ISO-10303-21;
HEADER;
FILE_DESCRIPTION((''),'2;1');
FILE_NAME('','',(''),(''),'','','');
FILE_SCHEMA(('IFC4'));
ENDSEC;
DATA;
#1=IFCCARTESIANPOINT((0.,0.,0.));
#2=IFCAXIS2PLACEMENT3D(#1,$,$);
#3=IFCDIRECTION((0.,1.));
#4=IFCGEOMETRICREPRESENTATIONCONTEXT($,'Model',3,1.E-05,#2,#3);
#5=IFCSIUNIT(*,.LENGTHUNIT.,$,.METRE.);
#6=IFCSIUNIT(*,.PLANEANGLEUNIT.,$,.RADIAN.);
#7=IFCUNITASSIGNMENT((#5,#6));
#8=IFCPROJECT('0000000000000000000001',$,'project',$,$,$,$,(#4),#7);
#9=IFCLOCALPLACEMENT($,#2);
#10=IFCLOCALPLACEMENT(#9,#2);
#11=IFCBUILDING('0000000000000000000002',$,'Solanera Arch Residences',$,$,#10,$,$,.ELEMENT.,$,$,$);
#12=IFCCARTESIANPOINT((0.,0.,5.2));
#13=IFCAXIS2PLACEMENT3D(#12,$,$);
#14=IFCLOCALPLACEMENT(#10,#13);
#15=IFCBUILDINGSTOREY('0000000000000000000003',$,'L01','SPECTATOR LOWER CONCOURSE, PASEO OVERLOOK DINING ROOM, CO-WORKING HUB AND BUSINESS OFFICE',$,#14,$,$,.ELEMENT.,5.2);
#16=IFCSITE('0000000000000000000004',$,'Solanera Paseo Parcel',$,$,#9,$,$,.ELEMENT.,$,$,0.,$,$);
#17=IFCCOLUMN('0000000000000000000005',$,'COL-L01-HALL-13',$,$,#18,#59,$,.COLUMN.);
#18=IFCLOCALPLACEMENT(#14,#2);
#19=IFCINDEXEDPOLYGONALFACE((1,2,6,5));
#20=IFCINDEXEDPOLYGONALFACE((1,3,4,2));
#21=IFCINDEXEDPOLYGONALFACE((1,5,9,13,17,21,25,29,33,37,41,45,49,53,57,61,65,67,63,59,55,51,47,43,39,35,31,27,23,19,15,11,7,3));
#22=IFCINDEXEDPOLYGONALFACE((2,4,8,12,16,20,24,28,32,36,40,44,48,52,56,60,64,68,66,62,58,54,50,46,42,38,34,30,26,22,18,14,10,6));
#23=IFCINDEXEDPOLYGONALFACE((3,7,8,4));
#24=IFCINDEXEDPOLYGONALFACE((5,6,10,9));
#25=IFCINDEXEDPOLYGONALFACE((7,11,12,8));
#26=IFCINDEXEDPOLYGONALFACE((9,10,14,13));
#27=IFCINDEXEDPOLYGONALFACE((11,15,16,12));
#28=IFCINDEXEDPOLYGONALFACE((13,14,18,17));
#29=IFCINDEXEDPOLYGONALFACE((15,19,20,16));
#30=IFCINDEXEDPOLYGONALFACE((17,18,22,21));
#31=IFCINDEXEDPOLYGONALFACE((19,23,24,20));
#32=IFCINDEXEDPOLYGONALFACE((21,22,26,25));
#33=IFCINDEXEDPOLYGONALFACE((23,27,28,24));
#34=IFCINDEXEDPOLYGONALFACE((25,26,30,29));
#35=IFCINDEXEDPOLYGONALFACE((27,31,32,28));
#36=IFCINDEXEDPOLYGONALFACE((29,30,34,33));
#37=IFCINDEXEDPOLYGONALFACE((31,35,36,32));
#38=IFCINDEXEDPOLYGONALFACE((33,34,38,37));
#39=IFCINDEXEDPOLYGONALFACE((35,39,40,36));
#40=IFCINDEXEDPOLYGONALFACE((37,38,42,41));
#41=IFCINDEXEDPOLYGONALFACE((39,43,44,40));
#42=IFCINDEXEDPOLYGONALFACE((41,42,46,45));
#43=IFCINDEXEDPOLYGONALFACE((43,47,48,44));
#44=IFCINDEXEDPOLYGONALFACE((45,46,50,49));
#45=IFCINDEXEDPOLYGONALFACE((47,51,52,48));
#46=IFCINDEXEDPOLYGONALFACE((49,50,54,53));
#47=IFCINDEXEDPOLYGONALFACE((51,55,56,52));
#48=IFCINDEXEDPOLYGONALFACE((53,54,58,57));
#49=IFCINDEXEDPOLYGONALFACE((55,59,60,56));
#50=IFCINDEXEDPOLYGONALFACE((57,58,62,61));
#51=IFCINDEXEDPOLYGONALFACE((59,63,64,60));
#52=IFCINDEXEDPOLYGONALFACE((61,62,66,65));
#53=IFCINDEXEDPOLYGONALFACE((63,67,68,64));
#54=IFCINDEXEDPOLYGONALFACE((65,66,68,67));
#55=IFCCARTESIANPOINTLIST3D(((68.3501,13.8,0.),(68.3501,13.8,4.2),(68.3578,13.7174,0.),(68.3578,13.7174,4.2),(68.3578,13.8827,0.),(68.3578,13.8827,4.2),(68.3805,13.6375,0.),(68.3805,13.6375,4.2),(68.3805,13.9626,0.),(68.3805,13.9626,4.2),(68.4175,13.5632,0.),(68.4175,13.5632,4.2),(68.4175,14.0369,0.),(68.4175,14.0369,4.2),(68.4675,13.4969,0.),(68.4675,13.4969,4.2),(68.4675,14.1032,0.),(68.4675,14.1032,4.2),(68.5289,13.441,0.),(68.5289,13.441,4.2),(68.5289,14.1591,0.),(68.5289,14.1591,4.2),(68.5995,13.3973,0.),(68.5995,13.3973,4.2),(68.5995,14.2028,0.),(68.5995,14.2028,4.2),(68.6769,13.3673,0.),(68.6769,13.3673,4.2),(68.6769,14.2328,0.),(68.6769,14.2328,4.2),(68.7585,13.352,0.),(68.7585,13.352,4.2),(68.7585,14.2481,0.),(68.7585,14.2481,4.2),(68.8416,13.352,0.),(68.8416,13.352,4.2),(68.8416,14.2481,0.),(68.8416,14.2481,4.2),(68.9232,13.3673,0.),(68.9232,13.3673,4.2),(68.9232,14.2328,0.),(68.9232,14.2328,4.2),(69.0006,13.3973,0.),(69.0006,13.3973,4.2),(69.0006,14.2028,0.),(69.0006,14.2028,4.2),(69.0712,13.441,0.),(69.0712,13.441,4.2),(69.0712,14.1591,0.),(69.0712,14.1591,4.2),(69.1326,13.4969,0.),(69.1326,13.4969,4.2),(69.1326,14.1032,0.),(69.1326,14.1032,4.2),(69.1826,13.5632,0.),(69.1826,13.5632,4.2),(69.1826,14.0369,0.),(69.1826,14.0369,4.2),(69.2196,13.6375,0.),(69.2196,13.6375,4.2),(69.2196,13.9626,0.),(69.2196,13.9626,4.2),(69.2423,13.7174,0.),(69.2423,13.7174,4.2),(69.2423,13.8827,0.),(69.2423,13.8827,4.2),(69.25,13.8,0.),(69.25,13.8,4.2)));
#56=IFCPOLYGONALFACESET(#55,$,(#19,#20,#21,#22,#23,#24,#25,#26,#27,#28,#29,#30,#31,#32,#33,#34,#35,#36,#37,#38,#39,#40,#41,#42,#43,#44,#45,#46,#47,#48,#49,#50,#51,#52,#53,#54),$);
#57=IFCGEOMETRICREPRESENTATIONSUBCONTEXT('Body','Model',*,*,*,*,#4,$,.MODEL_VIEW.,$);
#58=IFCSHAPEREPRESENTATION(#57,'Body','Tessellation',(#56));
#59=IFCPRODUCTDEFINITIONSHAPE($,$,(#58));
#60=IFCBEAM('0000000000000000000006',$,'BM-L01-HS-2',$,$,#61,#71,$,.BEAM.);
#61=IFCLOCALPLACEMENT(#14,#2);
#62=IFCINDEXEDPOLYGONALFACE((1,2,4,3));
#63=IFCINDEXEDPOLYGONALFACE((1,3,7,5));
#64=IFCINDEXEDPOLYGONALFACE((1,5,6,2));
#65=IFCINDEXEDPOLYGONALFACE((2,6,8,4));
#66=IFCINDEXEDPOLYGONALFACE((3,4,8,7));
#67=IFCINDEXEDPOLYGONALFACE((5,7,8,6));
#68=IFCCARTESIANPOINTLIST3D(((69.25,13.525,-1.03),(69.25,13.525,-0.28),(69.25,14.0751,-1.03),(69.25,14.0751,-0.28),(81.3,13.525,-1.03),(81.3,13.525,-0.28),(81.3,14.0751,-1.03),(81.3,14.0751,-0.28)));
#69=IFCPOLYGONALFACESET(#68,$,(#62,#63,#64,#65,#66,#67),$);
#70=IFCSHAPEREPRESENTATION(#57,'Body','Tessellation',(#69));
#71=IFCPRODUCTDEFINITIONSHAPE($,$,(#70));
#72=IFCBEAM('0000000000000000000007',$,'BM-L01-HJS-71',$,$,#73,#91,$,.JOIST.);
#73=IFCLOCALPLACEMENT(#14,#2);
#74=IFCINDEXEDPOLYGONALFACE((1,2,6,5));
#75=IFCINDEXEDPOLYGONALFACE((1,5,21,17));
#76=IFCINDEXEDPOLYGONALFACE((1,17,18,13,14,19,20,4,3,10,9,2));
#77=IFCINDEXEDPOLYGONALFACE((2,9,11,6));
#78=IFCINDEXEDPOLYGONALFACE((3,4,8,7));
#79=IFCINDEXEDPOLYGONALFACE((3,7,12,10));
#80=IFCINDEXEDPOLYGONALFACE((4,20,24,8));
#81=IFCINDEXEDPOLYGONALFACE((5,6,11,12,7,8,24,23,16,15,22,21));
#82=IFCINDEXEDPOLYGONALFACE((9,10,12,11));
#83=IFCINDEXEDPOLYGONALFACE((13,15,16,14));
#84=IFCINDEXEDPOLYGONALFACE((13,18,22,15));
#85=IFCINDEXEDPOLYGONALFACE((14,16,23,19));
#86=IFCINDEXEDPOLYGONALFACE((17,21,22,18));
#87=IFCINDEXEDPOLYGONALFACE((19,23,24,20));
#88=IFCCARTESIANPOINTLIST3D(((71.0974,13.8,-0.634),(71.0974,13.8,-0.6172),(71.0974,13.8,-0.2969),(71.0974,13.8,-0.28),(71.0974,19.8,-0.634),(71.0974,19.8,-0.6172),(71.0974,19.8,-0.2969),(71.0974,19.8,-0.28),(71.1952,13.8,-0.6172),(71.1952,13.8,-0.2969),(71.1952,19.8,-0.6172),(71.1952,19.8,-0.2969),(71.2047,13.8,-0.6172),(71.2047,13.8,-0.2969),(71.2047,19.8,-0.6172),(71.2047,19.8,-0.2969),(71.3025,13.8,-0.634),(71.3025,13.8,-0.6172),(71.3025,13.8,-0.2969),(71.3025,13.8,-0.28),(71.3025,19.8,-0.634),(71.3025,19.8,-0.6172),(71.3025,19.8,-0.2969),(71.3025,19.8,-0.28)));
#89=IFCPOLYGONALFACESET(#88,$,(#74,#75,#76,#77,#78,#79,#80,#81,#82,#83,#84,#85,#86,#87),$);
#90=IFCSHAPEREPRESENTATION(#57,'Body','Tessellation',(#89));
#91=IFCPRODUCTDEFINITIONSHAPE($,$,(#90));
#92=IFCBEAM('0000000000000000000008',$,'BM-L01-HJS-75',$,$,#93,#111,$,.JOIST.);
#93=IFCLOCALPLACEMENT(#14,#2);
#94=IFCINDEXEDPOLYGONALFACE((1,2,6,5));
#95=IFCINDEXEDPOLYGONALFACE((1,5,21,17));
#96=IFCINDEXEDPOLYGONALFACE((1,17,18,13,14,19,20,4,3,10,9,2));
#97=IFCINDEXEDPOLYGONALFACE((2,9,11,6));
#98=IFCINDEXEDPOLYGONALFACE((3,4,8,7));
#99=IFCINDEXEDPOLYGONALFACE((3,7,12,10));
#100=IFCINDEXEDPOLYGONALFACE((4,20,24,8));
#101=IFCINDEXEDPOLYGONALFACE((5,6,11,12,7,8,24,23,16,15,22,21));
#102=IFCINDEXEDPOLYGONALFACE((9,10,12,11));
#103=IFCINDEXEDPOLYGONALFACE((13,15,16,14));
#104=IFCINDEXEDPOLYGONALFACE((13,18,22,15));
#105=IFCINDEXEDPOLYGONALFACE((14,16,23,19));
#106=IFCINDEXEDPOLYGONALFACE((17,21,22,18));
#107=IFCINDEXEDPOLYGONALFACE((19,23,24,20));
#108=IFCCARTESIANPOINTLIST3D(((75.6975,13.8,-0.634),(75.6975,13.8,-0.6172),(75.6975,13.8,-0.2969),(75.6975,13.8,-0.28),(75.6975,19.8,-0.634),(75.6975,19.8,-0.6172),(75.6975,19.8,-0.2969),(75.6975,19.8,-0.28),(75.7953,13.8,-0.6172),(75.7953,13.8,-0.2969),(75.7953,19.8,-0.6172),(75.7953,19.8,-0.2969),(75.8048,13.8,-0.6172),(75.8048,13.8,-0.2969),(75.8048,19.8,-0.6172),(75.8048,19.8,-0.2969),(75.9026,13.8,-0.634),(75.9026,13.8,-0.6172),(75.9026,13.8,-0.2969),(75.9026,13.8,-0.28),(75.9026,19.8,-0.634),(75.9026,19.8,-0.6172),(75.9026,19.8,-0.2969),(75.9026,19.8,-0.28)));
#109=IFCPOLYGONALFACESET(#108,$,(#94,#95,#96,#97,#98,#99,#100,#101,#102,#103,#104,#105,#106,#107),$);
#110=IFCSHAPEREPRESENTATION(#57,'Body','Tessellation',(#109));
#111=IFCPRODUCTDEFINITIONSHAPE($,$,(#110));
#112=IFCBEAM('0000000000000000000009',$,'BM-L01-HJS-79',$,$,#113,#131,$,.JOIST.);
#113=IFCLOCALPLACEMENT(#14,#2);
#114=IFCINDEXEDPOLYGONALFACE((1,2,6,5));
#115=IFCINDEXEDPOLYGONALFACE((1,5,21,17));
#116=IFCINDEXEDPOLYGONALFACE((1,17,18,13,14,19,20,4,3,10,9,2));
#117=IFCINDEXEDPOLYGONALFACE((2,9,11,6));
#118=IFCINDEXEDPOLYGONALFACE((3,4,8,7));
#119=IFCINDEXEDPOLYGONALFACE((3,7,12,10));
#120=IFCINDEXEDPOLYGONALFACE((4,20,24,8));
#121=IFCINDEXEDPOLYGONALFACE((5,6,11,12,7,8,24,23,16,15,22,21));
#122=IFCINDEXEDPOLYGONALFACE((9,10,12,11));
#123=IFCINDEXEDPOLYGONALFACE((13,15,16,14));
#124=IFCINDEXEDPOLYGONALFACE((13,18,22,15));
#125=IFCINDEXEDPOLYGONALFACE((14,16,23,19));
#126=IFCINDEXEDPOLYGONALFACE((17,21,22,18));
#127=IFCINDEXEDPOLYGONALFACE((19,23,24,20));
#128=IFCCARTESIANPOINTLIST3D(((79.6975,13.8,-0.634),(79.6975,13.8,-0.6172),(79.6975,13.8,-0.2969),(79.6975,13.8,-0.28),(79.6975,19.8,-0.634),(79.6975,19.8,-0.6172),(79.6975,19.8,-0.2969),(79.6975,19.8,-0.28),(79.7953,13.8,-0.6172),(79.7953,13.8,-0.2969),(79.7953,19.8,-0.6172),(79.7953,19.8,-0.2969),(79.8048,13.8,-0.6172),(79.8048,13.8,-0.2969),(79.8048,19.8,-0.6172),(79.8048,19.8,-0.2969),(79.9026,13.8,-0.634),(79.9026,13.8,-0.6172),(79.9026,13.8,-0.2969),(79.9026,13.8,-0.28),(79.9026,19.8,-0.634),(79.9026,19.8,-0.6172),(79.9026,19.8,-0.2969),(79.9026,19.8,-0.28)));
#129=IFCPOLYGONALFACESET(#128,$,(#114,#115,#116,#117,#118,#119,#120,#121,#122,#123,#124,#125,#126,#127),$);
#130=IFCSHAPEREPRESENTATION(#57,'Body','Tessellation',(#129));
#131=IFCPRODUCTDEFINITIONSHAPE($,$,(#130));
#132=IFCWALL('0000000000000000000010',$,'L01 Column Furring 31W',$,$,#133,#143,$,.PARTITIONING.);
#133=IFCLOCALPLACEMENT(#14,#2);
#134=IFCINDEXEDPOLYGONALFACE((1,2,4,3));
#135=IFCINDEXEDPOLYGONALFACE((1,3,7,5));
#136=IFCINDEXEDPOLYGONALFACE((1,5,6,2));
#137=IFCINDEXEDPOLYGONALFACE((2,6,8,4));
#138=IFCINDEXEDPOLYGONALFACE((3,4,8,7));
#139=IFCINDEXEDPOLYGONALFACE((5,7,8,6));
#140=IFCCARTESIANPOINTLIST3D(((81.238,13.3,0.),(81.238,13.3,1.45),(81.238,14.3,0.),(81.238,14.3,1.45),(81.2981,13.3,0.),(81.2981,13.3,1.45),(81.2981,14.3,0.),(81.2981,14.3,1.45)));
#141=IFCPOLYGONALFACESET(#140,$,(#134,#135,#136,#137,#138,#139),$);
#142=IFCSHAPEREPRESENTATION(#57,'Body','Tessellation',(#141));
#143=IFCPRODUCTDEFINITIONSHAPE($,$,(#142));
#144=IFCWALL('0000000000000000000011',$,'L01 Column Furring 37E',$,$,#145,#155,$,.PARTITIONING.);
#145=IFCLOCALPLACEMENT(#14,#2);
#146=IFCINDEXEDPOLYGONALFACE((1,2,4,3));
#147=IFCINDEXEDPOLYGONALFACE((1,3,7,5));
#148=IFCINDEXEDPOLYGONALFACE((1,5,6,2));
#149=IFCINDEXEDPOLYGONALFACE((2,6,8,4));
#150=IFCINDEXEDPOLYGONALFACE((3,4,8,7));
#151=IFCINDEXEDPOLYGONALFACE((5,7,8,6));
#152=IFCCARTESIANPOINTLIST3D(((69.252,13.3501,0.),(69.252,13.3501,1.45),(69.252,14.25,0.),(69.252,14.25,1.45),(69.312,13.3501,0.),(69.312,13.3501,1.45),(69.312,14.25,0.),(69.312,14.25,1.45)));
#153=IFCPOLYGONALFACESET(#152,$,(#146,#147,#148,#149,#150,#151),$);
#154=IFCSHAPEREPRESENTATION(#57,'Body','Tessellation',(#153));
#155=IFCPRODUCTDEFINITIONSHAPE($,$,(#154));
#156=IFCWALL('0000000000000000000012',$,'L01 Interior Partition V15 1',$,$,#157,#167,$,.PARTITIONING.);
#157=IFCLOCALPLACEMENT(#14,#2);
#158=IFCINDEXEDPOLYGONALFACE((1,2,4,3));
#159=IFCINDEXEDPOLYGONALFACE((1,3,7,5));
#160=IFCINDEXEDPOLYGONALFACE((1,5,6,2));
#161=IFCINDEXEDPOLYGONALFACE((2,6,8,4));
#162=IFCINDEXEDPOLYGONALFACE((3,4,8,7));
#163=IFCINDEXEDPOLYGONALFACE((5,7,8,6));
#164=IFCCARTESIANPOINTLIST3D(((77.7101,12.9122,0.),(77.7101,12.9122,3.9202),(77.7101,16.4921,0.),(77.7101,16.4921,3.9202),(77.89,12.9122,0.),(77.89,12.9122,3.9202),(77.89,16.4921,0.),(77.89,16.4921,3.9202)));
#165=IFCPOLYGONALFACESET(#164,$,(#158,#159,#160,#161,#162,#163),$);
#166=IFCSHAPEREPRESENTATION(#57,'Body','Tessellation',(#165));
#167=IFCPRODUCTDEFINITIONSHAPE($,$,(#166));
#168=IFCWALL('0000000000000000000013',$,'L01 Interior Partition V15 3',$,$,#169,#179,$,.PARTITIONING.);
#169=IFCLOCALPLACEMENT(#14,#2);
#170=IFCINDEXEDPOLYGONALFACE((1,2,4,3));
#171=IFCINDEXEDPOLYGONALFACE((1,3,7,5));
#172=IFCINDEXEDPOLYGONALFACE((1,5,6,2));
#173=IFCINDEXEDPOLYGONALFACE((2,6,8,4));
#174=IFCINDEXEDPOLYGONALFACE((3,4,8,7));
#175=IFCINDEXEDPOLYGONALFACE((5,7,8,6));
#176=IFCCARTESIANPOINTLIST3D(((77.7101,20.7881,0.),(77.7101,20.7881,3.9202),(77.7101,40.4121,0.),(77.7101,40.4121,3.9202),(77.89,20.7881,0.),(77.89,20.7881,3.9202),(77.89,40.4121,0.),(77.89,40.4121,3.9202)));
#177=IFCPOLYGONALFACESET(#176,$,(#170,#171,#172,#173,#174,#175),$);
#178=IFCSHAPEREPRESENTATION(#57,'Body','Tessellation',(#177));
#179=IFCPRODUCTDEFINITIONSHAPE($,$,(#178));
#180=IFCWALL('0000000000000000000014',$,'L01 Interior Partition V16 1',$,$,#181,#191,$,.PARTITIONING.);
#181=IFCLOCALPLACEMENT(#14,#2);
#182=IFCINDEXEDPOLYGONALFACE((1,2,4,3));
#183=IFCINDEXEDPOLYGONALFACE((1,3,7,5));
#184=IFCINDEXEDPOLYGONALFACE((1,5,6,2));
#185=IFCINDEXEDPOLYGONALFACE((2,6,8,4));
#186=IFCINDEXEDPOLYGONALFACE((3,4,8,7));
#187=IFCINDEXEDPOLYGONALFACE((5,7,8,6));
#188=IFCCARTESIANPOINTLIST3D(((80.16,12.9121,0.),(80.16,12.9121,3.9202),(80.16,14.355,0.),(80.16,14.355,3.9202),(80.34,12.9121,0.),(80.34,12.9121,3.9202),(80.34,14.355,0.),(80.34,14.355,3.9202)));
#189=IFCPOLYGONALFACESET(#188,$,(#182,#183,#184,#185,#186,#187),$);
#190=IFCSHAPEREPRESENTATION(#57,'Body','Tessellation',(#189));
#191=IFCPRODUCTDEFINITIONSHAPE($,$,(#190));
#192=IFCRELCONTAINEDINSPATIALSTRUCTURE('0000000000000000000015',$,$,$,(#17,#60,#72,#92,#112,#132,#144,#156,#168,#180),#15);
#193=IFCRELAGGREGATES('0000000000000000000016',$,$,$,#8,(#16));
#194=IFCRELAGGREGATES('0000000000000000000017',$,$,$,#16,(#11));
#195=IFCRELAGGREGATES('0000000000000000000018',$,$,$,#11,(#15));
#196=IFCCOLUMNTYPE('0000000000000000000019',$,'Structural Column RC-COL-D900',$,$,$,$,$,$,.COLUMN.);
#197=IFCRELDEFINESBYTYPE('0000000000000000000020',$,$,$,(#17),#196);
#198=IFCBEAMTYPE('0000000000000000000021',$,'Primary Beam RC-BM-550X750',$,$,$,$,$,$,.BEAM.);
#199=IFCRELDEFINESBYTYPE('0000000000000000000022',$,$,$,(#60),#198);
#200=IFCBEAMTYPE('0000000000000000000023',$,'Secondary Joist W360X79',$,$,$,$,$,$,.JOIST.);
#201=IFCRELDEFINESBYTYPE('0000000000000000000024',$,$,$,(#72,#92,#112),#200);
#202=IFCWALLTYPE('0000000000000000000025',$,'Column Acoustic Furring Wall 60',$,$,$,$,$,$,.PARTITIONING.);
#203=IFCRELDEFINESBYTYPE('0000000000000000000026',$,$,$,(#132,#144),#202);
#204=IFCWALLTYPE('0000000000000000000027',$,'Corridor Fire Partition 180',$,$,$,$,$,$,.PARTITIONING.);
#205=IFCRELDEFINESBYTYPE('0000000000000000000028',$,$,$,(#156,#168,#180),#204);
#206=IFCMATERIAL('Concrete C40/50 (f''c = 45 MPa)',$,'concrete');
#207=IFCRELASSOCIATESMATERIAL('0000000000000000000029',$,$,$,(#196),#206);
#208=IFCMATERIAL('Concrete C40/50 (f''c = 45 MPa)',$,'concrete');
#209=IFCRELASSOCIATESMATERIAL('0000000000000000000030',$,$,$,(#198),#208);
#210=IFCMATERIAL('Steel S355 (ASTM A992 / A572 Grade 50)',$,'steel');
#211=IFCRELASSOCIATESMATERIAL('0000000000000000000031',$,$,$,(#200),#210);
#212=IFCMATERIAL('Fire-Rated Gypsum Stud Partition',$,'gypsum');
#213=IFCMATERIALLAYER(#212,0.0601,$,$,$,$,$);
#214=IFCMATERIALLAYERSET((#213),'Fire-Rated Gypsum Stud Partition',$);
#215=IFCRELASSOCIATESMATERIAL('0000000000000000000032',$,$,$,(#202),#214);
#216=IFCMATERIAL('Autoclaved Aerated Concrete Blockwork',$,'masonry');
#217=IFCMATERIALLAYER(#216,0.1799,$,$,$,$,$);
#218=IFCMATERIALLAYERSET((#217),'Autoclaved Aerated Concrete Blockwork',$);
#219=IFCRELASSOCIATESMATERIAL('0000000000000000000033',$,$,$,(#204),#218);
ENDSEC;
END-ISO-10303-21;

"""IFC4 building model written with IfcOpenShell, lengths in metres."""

from ifc_helpers import new_model, si_unit, direction, frame, frame_2d, origin, origin_2d, place, context, subcontext, project, spatial, rectangle, circle, i_section, extrude, material, layer, layer_set, material_profile, profile_set, type_object, element, save


model = new_model("IFC4")

# Units and contexts
model_context = context("Model", 3, precision=1e-05, world=origin(), true_north=direction((0.0, 1.0)))
body_context = subcontext(model_context, "Body", "Model", "MODEL_VIEW")
ifc_project = project(units=[si_unit("LENGTHUNIT", "METRE"), si_unit("PLANEANGLEUNIT", "RADIAN")], contexts=[model_context])

# Site, building, storey
site_placement = place(None, origin())
site = spatial("IfcSite", under=ifc_project, at=site_placement, Name="Solanera Paseo Parcel", CompositionType="ELEMENT", RefElevation=0.0)
building_placement = place(site_placement, origin())
building = spatial("IfcBuilding", under=site, at=building_placement, Name="Solanera Arch Residences", CompositionType="ELEMENT")
storey_placement = place(building_placement, frame((0.0, 0.0, 5.2)))
storey = spatial("IfcBuildingStorey", under=building, at=storey_placement, Name="L01", Description="SPECTATOR LOWER CONCOURSE, PASEO OVERLOOK DINING ROOM, CO-WORKING HUB AND BUSINESS OFFICE", CompositionType="ELEMENT", Elevation=5.2)

# Column
ifc_material_1 = material(Name="Concrete C40/50 (f'c = 45 MPa)", Category="concrete")
ifc_material_profile_1 = material_profile(ifc_material_1, circle(Radius=0.45, at=origin_2d()))
ifc_profile_set_1 = profile_set([ifc_material_profile_1], Name="Concrete C40/50 (f'c = 45 MPa)")
column_type = type_object("IfcColumnType", Name="Structural Column RC-COL-D900", PredefinedType="COLUMN", material=ifc_profile_set_1)
column_placement = place(storey_placement, frame((68.8, 13.8, 0.0), z_axis=(0.0, 0.0, 1.0), x_axis=(1.0, 0.0, 0.0)))
element("IfcColumn", 1, at=column_placement, inside=storey, type_object=column_type, Name="COL-L01-HALL-13", PredefinedType="COLUMN", context=body_context, shape_type="SweptSolid", body=[
    extrude(circle(Radius=0.45, at=origin_2d()), origin(), (0.0, 0.0, 1.0), 4.2),
])

# Beams
ifc_material_2 = material(Name="Concrete C40/50 (f'c = 45 MPa)", Category="concrete")
ifc_material_profile_2 = material_profile(ifc_material_2, rectangle(XDim=0.55, YDim=0.75, at=origin_2d()))
ifc_profile_set_2 = profile_set([ifc_material_profile_2], Name="Concrete C40/50 (f'c = 45 MPa)")
beam_type_1 = type_object("IfcBeamType", Name="Primary Beam RC-BM-550X750", PredefinedType="BEAM", material=ifc_profile_set_2)
beam_placement = place(storey_placement, frame((69.25, 13.8, -0.655), z_axis=(1.0, 0.0, 0.0), x_axis=(0.0, 1.0, 0.0)))
element("IfcBeam", 2, at=beam_placement, inside=storey, type_object=beam_type_1, Name="BM-L01-HS-2", PredefinedType="BEAM", context=body_context, shape_type="SweptSolid", body=[
    extrude(rectangle(XDim=0.55, YDim=0.75, at=origin_2d()), origin(), (0.0, 0.0, 1.0), 12.05),
])
ifc_material_3 = material(Name="Steel S355 (ASTM A992 / A572 Grade 50)", Category="steel")
ifc_material_profile_3 = material_profile(ifc_material_3, i_section(OverallWidth=0.2051, OverallDepth=0.354, WebThickness=0.0095, FlangeThickness=0.0168, at=origin_2d()))
ifc_profile_set_3 = profile_set([ifc_material_profile_3], Name="Steel S355 (ASTM A992 / A572 Grade 50)")
beam_type_2 = type_object("IfcBeamType", Name="Secondary Joist W360X79", PredefinedType="JOIST", material=ifc_profile_set_3)
for number, where, z_axis, x_axis, name in (
    (3, (71.2, 13.8, -0.457), (0.0, 1.0, 0.0), (-1.0, 0.0, 0.0), "BM-L01-HJS-71"),
    (4, (75.8, 13.8, -0.457), (0.0, 1.0, 0.0), (-1.0, 0.0, 0.0), "BM-L01-HJS-75"),
    (5, (79.8, 13.8, -0.457), (0.0, 1.0, 0.0), (-1.0, 0.0, 0.0), "BM-L01-HJS-79"),
):
    element("IfcBeam", number, at=place(storey_placement, frame(where, z_axis=z_axis, x_axis=x_axis)), inside=storey, type_object=beam_type_2, Name=name, PredefinedType="JOIST", context=body_context, shape_type="SweptSolid", body=[
        extrude(i_section(OverallWidth=0.2051, OverallDepth=0.354, WebThickness=0.0095, FlangeThickness=0.0168, at=origin_2d()), origin(), (0.0, 0.0, 1.0), 6.0),
    ])

# Walls
ifc_material_4 = material(Name="Fire-Rated Gypsum Stud Partition", Category="gypsum")
ifc_layer_1 = layer(ifc_material_4, 0.0601)
ifc_layer_set_1 = layer_set([ifc_layer_1], Name="Fire-Rated Gypsum Stud Partition")
wall_type_1 = type_object("IfcWallType", Name="Column Acoustic Furring Wall 60", PredefinedType="PARTITIONING", material=ifc_layer_set_1)
wall_1_placement = place(storey_placement, frame((81.2681, 13.3, 0.0), z_axis=(0.0, 0.0, 1.0), x_axis=(0.0, 1.0, 0.0)))
element("IfcWall", 6, at=wall_1_placement, inside=storey, type_object=wall_type_1, Name="L01 Column Furring 31W", PredefinedType="PARTITIONING", context=body_context, shape_type="SweptSolid", body=[
    extrude(rectangle(XDim=1.0, YDim=0.0601, at=frame_2d((0.5, 0.0))), origin(), (0.0, 0.0, 1.0), 1.45),
])
wall_2_placement = place(storey_placement, frame((69.282, 13.3501, 0.0), z_axis=(0.0, 0.0, 1.0), x_axis=(0.0, 1.0, 0.0)))
element("IfcWall", 7, at=wall_2_placement, inside=storey, type_object=wall_type_1, Name="L01 Column Furring 37E", PredefinedType="PARTITIONING", context=body_context, shape_type="SweptSolid", body=[
    extrude(rectangle(XDim=0.8999, YDim=0.0601, at=frame_2d((0.45, 0.0))), origin(), (0.0, 0.0, 1.0), 1.45),
])
ifc_material_5 = material(Name="Autoclaved Aerated Concrete Blockwork", Category="masonry")
ifc_layer_2 = layer(ifc_material_5, 0.1799)
ifc_layer_set_2 = layer_set([ifc_layer_2], Name="Autoclaved Aerated Concrete Blockwork")
wall_type_2 = type_object("IfcWallType", Name="Corridor Fire Partition 180", PredefinedType="PARTITIONING", material=ifc_layer_set_2)
wall_3_placement = place(storey_placement, frame((77.8, 12.9121, 0.0), z_axis=(0.0, 0.0, 1.0), x_axis=(0.0, 1.0, 0.0)))
element("IfcWall", 8, at=wall_3_placement, inside=storey, type_object=wall_type_2, Name="L01 Interior Partition V15 1", PredefinedType="PARTITIONING", context=body_context, shape_type="SweptSolid", body=[
    extrude(rectangle(XDim=3.5798, YDim=0.1799, at=frame_2d((1.79, 0.0))), origin(), (0.0, 0.0, 1.0), 3.9202),
])

# Walls
wall_4_placement = place(storey_placement, frame((77.8, 20.7881, 0.0), z_axis=(0.0, 0.0, 1.0), x_axis=(0.0, 1.0, 0.0)))
element("IfcWall", 9, at=wall_4_placement, inside=storey, type_object=wall_type_2, Name="L01 Interior Partition V15 3", PredefinedType="PARTITIONING", context=body_context, shape_type="SweptSolid", body=[
    extrude(rectangle(XDim=19.624, YDim=0.1799, at=frame_2d((9.812, 0.0))), origin(), (0.0, 0.0, 1.0), 3.9202),
])
wall_5_placement = place(storey_placement, frame((80.25, 12.9121, 0.0), z_axis=(0.0, 0.0, 1.0), x_axis=(0.0, 1.0, 0.0)))
element("IfcWall", 10, at=wall_5_placement, inside=storey, type_object=wall_type_2, Name="L01 Interior Partition V16 1", PredefinedType="PARTITIONING", context=body_context, shape_type="SweptSolid", body=[
    extrude(rectangle(XDim=1.4429, YDim=0.1799, at=frame_2d((0.7214, 0.0))), origin(), (0.0, 0.0, 1.0), 3.9202),
])

save(model, "model.ifc")
